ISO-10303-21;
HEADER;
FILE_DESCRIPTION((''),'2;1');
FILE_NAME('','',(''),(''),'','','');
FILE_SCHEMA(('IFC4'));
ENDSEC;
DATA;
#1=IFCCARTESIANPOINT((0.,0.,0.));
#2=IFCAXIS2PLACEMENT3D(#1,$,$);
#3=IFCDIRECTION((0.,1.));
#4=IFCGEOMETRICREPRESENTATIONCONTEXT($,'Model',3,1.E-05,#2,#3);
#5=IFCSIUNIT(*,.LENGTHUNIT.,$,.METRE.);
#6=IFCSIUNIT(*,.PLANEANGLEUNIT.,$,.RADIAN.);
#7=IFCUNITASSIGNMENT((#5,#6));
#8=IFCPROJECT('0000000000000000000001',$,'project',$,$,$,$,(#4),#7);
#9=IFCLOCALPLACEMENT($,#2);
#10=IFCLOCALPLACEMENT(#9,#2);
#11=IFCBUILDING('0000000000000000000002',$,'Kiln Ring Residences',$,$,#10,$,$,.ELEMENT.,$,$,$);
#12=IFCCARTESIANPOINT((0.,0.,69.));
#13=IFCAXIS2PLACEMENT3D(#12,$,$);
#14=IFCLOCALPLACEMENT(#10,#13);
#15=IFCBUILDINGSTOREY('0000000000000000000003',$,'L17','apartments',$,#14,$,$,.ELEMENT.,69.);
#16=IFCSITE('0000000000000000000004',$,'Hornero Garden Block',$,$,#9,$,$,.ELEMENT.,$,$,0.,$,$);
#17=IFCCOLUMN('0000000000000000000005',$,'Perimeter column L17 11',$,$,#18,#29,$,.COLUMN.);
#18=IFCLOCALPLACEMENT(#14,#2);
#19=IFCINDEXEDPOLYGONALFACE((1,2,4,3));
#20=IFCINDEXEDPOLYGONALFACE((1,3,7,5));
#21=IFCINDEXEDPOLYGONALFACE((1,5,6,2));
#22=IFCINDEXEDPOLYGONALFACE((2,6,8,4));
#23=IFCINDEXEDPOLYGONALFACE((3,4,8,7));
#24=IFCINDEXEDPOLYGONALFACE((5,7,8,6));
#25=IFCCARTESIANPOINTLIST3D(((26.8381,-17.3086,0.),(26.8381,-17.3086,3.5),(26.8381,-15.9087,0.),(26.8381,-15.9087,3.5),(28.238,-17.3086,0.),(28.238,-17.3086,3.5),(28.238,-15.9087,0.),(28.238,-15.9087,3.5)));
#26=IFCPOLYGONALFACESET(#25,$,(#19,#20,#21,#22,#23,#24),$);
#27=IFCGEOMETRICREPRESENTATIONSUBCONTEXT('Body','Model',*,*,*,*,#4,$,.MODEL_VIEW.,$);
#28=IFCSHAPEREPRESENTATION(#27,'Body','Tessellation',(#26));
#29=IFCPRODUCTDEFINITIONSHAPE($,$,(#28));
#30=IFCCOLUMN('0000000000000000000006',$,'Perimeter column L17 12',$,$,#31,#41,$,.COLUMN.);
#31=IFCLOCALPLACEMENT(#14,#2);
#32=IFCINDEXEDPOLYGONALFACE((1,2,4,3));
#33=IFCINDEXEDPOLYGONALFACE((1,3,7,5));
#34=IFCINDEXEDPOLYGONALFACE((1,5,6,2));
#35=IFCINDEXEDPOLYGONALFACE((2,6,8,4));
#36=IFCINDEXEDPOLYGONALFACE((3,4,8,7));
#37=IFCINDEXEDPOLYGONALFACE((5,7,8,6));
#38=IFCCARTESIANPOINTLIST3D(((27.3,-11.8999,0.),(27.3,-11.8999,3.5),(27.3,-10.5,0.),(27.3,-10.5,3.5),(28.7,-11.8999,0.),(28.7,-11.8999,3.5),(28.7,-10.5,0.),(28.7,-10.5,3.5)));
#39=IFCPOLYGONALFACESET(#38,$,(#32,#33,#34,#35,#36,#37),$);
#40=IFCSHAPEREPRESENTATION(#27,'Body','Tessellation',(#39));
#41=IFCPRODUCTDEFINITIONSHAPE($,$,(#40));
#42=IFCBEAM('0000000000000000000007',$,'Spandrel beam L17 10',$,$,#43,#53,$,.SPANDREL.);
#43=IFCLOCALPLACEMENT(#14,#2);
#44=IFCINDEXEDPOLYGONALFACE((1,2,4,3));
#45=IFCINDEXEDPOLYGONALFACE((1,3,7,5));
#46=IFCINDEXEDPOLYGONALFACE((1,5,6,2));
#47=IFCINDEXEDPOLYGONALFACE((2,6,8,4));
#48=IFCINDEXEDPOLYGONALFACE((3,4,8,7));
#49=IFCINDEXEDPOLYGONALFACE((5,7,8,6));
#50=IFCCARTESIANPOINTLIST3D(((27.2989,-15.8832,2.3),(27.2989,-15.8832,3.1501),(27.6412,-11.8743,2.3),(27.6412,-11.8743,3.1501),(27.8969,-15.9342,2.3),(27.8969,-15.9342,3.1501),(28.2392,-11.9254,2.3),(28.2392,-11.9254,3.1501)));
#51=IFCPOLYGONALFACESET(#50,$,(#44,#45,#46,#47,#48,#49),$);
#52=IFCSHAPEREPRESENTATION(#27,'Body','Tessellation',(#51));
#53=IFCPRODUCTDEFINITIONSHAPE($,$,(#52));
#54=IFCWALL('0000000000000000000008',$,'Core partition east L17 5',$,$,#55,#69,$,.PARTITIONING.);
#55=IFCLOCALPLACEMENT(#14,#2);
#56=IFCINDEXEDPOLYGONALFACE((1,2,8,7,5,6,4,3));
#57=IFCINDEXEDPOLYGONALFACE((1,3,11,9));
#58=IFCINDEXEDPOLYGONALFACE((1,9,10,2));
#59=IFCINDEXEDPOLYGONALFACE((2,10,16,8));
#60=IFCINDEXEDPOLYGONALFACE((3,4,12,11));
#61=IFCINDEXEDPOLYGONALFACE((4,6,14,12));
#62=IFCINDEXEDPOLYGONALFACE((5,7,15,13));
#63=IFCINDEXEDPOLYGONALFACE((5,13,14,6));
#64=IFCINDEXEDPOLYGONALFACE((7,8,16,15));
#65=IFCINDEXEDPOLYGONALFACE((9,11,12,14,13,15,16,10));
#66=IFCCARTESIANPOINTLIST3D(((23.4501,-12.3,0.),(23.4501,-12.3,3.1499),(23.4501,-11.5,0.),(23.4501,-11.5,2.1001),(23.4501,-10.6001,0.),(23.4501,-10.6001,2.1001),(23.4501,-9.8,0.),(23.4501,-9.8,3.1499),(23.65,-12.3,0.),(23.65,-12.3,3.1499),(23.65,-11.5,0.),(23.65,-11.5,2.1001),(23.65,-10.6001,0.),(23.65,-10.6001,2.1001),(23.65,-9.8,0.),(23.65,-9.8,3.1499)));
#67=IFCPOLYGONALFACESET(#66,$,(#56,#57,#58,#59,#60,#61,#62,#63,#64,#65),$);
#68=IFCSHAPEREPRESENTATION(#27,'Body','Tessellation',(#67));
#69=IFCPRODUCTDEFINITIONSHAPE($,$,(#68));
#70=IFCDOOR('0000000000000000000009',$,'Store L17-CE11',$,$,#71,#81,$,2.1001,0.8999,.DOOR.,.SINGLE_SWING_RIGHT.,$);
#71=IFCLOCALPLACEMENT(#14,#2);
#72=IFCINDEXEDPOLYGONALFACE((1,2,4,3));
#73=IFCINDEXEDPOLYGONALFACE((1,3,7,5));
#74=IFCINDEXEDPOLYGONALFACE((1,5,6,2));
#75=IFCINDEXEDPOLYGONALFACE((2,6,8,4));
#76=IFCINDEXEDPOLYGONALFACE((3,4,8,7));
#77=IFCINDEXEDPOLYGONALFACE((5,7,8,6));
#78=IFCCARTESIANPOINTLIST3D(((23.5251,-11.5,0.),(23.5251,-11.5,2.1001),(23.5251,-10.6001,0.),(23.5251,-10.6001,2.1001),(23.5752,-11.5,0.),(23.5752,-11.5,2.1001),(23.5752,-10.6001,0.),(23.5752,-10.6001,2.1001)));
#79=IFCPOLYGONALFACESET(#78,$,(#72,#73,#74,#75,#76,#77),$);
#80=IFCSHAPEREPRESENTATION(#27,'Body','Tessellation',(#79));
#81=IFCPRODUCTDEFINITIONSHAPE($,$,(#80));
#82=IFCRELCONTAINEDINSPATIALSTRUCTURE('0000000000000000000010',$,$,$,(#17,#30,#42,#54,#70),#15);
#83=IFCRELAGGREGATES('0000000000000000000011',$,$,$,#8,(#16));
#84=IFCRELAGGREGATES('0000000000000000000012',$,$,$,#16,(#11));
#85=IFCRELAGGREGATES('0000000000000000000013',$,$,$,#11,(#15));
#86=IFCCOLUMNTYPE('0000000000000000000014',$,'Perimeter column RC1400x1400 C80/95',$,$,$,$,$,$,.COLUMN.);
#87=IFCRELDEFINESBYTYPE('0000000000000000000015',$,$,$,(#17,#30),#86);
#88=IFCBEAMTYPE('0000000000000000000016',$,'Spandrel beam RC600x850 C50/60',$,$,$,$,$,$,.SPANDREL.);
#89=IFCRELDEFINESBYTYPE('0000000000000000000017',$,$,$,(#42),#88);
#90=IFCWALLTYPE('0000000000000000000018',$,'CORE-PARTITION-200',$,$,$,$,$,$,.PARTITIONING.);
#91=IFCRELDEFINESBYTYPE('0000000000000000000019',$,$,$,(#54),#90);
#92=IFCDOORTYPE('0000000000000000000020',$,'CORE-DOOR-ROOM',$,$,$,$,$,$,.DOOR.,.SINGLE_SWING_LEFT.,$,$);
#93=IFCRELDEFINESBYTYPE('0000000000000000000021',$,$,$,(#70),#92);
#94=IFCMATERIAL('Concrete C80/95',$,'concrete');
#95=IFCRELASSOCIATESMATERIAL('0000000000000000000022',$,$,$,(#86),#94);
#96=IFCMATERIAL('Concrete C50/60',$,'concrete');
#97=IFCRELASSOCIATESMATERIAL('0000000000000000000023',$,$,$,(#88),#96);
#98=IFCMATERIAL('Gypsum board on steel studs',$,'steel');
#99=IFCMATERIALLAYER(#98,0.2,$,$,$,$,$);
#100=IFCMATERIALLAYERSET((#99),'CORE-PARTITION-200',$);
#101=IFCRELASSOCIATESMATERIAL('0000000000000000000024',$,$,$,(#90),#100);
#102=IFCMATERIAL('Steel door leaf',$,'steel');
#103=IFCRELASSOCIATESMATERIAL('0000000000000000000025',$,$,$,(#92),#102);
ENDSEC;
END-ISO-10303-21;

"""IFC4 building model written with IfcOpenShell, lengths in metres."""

from ifc_helpers import new_model, si_unit, direction, frame, frame_2d, origin, origin_2d, place, context, subcontext, project, spatial, rectangle, extrude, material, layer, layer_set, material_profile, profile_set, type_object, element, fill, save


model = new_model("IFC4")

# Units and contexts
model_context = context("Model", 3, precision=1e-05, world=origin(), true_north=direction((0.0, 1.0)))
body_context = subcontext(model_context, "Body", "Model", "MODEL_VIEW")
ifc_project = project(units=[si_unit("LENGTHUNIT", "METRE"), si_unit("PLANEANGLEUNIT", "RADIAN")], contexts=[model_context])

# Site, building, storey
site_placement = place(None, origin())
site = spatial("IfcSite", under=ifc_project, at=site_placement, Name="Hornero Garden Block", CompositionType="ELEMENT", RefElevation=0.0)
building_placement = place(site_placement, origin())
building = spatial("IfcBuilding", under=site, at=building_placement, Name="Kiln Ring Residences", CompositionType="ELEMENT")
storey_placement = place(building_placement, frame((0.0, 0.0, 69.0)))
storey = spatial("IfcBuildingStorey", under=building, at=storey_placement, Name="L17", Description="apartments", CompositionType="ELEMENT", Elevation=69.0)

# Columns
ifc_material_1 = material(Name="Concrete C80/95", Category="concrete")
ifc_material_profile_1 = material_profile(ifc_material_1, rectangle(XDim=1.3999, YDim=1.3999, at=origin_2d()), Name="RC1400x1400")
ifc_profile_set_1 = profile_set([ifc_material_profile_1], Name="Concrete C80/95")
column_type = type_object("IfcColumnType", Name="Perimeter column RC1400x1400 C80/95", PredefinedType="COLUMN", material=ifc_profile_set_1)
for number, where, z_axis, x_axis, name in (
    (1, (27.5381, -16.6086, 0.0), (0.0, 0.0, 1.0), (1.0, 0.0, 0.0), "Perimeter column L17 11"),
    (2, (28.0, -11.2, 0.0), (0.0, 0.0, 1.0), (1.0, 0.0, 0.0), "Perimeter column L17 12"),
):
    element("IfcColumn", number, at=place(storey_placement, frame(where, z_axis=z_axis, x_axis=x_axis)), inside=storey, type_object=column_type, Name=name, PredefinedType="COLUMN", context=body_context, shape_type="SweptSolid", body=[
        extrude(rectangle(XDim=1.3999, YDim=1.3999, at=origin_2d()), origin(), (0.0, 0.0, 1.0), 3.5),
    ])

# Beam
ifc_material_2 = material(Name="Concrete C50/60", Category="concrete")
ifc_material_profile_2 = material_profile(ifc_material_2, rectangle(XDim=0.6001, YDim=0.8501, at=origin_2d()), Name="RC600x850")
ifc_profile_set_2 = profile_set([ifc_material_profile_2], Name="Concrete C50/60")
beam_type = type_object("IfcBeamType", Name="Spandrel beam RC600x850 C50/60", PredefinedType="SPANDREL", material=ifc_profile_set_2)
beam_placement = place(storey_placement, frame((27.5979, -15.9087, 2.7251), z_axis=(0.085074, 0.996375, 0.0), x_axis=(-0.996375, 0.085074, 0.0)))
element("IfcBeam", 3, at=beam_placement, inside=storey, type_object=beam_type, Name="Spandrel beam L17 10", PredefinedType="SPANDREL", context=body_context, shape_type="SweptSolid", body=[
    extrude(rectangle(XDim=0.6001, YDim=0.8501, at=origin_2d()), origin(), (0.0, 0.0, 1.0), 4.0234),
])

# Wall, opening, door
ifc_material_3 = material(Name="Gypsum board on steel studs", Category="steel")
ifc_layer_1 = layer(ifc_material_3, 0.2)
ifc_layer_set_1 = layer_set([ifc_layer_1], Name="CORE-PARTITION-200")
wall_type_1 = type_object("IfcWallType", Name="CORE-PARTITION-200", PredefinedType="PARTITIONING", material=ifc_layer_set_1)
wall_1_placement = place(storey_placement, frame((23.55, -12.3, 0.0), z_axis=(0.0, 0.0, 1.0), x_axis=(0.0, 1.0, 0.0)))
wall_1 = element("IfcWall", 4, at=wall_1_placement, inside=storey, type_object=wall_type_1, Name="Core partition east L17 5", PredefinedType="PARTITIONING", context=body_context, shape_type="SweptSolid", body=[
    extrude(rectangle(XDim=2.5, YDim=0.2, at=frame_2d((1.25, 0.0))), origin(), (0.0, 0.0, 1.0), 3.1499),
])
opening_1_placement = place(wall_1_placement, frame((0.8, 0.0, 0.0)))
opening_1 = element("IfcOpeningElement", 5, at=opening_1_placement, cuts=wall_1, PredefinedType="OPENING", context=body_context, shape_type="SweptSolid", body=[
    extrude(rectangle(XDim=0.8999, YDim=2.1001, at=frame_2d((0.45, 1.05))), frame((0.0, 0.1099, 0.0), z_axis=(0.0, -1.0, 0.0), x_axis=(1.0, 0.0, 0.0)), (0.0, 0.0, 1.0), 0.22),
])
ifc_material_4 = material(Name="Steel door leaf", Category="steel")
door_type_1 = type_object("IfcDoorType", Name="CORE-DOOR-ROOM", OperationType="SINGLE_SWING_LEFT", PredefinedType="DOOR", material=ifc_material_4)
door_1_placement = place(opening_1_placement, origin())
door_1 = element("IfcDoor", 6, at=door_1_placement, inside=storey, type_object=door_type_1, Name="Store L17-CE11", OperationType="SINGLE_SWING_RIGHT", OverallHeight=2.1001, OverallWidth=0.8999, PredefinedType="DOOR", context=body_context, shape_type="SweptSolid", body=[
    extrude(rectangle(XDim=0.8999, YDim=2.1001, at=frame_2d((0.45, 1.05))), frame((0.0, 0.0249, 0.0), z_axis=(0.0, -1.0, 0.0), x_axis=(1.0, 0.0, 0.0)), (0.0, 0.0, 1.0), 0.05),
])
fill(opening_1, door_1)

save(model, "model.ifc")
